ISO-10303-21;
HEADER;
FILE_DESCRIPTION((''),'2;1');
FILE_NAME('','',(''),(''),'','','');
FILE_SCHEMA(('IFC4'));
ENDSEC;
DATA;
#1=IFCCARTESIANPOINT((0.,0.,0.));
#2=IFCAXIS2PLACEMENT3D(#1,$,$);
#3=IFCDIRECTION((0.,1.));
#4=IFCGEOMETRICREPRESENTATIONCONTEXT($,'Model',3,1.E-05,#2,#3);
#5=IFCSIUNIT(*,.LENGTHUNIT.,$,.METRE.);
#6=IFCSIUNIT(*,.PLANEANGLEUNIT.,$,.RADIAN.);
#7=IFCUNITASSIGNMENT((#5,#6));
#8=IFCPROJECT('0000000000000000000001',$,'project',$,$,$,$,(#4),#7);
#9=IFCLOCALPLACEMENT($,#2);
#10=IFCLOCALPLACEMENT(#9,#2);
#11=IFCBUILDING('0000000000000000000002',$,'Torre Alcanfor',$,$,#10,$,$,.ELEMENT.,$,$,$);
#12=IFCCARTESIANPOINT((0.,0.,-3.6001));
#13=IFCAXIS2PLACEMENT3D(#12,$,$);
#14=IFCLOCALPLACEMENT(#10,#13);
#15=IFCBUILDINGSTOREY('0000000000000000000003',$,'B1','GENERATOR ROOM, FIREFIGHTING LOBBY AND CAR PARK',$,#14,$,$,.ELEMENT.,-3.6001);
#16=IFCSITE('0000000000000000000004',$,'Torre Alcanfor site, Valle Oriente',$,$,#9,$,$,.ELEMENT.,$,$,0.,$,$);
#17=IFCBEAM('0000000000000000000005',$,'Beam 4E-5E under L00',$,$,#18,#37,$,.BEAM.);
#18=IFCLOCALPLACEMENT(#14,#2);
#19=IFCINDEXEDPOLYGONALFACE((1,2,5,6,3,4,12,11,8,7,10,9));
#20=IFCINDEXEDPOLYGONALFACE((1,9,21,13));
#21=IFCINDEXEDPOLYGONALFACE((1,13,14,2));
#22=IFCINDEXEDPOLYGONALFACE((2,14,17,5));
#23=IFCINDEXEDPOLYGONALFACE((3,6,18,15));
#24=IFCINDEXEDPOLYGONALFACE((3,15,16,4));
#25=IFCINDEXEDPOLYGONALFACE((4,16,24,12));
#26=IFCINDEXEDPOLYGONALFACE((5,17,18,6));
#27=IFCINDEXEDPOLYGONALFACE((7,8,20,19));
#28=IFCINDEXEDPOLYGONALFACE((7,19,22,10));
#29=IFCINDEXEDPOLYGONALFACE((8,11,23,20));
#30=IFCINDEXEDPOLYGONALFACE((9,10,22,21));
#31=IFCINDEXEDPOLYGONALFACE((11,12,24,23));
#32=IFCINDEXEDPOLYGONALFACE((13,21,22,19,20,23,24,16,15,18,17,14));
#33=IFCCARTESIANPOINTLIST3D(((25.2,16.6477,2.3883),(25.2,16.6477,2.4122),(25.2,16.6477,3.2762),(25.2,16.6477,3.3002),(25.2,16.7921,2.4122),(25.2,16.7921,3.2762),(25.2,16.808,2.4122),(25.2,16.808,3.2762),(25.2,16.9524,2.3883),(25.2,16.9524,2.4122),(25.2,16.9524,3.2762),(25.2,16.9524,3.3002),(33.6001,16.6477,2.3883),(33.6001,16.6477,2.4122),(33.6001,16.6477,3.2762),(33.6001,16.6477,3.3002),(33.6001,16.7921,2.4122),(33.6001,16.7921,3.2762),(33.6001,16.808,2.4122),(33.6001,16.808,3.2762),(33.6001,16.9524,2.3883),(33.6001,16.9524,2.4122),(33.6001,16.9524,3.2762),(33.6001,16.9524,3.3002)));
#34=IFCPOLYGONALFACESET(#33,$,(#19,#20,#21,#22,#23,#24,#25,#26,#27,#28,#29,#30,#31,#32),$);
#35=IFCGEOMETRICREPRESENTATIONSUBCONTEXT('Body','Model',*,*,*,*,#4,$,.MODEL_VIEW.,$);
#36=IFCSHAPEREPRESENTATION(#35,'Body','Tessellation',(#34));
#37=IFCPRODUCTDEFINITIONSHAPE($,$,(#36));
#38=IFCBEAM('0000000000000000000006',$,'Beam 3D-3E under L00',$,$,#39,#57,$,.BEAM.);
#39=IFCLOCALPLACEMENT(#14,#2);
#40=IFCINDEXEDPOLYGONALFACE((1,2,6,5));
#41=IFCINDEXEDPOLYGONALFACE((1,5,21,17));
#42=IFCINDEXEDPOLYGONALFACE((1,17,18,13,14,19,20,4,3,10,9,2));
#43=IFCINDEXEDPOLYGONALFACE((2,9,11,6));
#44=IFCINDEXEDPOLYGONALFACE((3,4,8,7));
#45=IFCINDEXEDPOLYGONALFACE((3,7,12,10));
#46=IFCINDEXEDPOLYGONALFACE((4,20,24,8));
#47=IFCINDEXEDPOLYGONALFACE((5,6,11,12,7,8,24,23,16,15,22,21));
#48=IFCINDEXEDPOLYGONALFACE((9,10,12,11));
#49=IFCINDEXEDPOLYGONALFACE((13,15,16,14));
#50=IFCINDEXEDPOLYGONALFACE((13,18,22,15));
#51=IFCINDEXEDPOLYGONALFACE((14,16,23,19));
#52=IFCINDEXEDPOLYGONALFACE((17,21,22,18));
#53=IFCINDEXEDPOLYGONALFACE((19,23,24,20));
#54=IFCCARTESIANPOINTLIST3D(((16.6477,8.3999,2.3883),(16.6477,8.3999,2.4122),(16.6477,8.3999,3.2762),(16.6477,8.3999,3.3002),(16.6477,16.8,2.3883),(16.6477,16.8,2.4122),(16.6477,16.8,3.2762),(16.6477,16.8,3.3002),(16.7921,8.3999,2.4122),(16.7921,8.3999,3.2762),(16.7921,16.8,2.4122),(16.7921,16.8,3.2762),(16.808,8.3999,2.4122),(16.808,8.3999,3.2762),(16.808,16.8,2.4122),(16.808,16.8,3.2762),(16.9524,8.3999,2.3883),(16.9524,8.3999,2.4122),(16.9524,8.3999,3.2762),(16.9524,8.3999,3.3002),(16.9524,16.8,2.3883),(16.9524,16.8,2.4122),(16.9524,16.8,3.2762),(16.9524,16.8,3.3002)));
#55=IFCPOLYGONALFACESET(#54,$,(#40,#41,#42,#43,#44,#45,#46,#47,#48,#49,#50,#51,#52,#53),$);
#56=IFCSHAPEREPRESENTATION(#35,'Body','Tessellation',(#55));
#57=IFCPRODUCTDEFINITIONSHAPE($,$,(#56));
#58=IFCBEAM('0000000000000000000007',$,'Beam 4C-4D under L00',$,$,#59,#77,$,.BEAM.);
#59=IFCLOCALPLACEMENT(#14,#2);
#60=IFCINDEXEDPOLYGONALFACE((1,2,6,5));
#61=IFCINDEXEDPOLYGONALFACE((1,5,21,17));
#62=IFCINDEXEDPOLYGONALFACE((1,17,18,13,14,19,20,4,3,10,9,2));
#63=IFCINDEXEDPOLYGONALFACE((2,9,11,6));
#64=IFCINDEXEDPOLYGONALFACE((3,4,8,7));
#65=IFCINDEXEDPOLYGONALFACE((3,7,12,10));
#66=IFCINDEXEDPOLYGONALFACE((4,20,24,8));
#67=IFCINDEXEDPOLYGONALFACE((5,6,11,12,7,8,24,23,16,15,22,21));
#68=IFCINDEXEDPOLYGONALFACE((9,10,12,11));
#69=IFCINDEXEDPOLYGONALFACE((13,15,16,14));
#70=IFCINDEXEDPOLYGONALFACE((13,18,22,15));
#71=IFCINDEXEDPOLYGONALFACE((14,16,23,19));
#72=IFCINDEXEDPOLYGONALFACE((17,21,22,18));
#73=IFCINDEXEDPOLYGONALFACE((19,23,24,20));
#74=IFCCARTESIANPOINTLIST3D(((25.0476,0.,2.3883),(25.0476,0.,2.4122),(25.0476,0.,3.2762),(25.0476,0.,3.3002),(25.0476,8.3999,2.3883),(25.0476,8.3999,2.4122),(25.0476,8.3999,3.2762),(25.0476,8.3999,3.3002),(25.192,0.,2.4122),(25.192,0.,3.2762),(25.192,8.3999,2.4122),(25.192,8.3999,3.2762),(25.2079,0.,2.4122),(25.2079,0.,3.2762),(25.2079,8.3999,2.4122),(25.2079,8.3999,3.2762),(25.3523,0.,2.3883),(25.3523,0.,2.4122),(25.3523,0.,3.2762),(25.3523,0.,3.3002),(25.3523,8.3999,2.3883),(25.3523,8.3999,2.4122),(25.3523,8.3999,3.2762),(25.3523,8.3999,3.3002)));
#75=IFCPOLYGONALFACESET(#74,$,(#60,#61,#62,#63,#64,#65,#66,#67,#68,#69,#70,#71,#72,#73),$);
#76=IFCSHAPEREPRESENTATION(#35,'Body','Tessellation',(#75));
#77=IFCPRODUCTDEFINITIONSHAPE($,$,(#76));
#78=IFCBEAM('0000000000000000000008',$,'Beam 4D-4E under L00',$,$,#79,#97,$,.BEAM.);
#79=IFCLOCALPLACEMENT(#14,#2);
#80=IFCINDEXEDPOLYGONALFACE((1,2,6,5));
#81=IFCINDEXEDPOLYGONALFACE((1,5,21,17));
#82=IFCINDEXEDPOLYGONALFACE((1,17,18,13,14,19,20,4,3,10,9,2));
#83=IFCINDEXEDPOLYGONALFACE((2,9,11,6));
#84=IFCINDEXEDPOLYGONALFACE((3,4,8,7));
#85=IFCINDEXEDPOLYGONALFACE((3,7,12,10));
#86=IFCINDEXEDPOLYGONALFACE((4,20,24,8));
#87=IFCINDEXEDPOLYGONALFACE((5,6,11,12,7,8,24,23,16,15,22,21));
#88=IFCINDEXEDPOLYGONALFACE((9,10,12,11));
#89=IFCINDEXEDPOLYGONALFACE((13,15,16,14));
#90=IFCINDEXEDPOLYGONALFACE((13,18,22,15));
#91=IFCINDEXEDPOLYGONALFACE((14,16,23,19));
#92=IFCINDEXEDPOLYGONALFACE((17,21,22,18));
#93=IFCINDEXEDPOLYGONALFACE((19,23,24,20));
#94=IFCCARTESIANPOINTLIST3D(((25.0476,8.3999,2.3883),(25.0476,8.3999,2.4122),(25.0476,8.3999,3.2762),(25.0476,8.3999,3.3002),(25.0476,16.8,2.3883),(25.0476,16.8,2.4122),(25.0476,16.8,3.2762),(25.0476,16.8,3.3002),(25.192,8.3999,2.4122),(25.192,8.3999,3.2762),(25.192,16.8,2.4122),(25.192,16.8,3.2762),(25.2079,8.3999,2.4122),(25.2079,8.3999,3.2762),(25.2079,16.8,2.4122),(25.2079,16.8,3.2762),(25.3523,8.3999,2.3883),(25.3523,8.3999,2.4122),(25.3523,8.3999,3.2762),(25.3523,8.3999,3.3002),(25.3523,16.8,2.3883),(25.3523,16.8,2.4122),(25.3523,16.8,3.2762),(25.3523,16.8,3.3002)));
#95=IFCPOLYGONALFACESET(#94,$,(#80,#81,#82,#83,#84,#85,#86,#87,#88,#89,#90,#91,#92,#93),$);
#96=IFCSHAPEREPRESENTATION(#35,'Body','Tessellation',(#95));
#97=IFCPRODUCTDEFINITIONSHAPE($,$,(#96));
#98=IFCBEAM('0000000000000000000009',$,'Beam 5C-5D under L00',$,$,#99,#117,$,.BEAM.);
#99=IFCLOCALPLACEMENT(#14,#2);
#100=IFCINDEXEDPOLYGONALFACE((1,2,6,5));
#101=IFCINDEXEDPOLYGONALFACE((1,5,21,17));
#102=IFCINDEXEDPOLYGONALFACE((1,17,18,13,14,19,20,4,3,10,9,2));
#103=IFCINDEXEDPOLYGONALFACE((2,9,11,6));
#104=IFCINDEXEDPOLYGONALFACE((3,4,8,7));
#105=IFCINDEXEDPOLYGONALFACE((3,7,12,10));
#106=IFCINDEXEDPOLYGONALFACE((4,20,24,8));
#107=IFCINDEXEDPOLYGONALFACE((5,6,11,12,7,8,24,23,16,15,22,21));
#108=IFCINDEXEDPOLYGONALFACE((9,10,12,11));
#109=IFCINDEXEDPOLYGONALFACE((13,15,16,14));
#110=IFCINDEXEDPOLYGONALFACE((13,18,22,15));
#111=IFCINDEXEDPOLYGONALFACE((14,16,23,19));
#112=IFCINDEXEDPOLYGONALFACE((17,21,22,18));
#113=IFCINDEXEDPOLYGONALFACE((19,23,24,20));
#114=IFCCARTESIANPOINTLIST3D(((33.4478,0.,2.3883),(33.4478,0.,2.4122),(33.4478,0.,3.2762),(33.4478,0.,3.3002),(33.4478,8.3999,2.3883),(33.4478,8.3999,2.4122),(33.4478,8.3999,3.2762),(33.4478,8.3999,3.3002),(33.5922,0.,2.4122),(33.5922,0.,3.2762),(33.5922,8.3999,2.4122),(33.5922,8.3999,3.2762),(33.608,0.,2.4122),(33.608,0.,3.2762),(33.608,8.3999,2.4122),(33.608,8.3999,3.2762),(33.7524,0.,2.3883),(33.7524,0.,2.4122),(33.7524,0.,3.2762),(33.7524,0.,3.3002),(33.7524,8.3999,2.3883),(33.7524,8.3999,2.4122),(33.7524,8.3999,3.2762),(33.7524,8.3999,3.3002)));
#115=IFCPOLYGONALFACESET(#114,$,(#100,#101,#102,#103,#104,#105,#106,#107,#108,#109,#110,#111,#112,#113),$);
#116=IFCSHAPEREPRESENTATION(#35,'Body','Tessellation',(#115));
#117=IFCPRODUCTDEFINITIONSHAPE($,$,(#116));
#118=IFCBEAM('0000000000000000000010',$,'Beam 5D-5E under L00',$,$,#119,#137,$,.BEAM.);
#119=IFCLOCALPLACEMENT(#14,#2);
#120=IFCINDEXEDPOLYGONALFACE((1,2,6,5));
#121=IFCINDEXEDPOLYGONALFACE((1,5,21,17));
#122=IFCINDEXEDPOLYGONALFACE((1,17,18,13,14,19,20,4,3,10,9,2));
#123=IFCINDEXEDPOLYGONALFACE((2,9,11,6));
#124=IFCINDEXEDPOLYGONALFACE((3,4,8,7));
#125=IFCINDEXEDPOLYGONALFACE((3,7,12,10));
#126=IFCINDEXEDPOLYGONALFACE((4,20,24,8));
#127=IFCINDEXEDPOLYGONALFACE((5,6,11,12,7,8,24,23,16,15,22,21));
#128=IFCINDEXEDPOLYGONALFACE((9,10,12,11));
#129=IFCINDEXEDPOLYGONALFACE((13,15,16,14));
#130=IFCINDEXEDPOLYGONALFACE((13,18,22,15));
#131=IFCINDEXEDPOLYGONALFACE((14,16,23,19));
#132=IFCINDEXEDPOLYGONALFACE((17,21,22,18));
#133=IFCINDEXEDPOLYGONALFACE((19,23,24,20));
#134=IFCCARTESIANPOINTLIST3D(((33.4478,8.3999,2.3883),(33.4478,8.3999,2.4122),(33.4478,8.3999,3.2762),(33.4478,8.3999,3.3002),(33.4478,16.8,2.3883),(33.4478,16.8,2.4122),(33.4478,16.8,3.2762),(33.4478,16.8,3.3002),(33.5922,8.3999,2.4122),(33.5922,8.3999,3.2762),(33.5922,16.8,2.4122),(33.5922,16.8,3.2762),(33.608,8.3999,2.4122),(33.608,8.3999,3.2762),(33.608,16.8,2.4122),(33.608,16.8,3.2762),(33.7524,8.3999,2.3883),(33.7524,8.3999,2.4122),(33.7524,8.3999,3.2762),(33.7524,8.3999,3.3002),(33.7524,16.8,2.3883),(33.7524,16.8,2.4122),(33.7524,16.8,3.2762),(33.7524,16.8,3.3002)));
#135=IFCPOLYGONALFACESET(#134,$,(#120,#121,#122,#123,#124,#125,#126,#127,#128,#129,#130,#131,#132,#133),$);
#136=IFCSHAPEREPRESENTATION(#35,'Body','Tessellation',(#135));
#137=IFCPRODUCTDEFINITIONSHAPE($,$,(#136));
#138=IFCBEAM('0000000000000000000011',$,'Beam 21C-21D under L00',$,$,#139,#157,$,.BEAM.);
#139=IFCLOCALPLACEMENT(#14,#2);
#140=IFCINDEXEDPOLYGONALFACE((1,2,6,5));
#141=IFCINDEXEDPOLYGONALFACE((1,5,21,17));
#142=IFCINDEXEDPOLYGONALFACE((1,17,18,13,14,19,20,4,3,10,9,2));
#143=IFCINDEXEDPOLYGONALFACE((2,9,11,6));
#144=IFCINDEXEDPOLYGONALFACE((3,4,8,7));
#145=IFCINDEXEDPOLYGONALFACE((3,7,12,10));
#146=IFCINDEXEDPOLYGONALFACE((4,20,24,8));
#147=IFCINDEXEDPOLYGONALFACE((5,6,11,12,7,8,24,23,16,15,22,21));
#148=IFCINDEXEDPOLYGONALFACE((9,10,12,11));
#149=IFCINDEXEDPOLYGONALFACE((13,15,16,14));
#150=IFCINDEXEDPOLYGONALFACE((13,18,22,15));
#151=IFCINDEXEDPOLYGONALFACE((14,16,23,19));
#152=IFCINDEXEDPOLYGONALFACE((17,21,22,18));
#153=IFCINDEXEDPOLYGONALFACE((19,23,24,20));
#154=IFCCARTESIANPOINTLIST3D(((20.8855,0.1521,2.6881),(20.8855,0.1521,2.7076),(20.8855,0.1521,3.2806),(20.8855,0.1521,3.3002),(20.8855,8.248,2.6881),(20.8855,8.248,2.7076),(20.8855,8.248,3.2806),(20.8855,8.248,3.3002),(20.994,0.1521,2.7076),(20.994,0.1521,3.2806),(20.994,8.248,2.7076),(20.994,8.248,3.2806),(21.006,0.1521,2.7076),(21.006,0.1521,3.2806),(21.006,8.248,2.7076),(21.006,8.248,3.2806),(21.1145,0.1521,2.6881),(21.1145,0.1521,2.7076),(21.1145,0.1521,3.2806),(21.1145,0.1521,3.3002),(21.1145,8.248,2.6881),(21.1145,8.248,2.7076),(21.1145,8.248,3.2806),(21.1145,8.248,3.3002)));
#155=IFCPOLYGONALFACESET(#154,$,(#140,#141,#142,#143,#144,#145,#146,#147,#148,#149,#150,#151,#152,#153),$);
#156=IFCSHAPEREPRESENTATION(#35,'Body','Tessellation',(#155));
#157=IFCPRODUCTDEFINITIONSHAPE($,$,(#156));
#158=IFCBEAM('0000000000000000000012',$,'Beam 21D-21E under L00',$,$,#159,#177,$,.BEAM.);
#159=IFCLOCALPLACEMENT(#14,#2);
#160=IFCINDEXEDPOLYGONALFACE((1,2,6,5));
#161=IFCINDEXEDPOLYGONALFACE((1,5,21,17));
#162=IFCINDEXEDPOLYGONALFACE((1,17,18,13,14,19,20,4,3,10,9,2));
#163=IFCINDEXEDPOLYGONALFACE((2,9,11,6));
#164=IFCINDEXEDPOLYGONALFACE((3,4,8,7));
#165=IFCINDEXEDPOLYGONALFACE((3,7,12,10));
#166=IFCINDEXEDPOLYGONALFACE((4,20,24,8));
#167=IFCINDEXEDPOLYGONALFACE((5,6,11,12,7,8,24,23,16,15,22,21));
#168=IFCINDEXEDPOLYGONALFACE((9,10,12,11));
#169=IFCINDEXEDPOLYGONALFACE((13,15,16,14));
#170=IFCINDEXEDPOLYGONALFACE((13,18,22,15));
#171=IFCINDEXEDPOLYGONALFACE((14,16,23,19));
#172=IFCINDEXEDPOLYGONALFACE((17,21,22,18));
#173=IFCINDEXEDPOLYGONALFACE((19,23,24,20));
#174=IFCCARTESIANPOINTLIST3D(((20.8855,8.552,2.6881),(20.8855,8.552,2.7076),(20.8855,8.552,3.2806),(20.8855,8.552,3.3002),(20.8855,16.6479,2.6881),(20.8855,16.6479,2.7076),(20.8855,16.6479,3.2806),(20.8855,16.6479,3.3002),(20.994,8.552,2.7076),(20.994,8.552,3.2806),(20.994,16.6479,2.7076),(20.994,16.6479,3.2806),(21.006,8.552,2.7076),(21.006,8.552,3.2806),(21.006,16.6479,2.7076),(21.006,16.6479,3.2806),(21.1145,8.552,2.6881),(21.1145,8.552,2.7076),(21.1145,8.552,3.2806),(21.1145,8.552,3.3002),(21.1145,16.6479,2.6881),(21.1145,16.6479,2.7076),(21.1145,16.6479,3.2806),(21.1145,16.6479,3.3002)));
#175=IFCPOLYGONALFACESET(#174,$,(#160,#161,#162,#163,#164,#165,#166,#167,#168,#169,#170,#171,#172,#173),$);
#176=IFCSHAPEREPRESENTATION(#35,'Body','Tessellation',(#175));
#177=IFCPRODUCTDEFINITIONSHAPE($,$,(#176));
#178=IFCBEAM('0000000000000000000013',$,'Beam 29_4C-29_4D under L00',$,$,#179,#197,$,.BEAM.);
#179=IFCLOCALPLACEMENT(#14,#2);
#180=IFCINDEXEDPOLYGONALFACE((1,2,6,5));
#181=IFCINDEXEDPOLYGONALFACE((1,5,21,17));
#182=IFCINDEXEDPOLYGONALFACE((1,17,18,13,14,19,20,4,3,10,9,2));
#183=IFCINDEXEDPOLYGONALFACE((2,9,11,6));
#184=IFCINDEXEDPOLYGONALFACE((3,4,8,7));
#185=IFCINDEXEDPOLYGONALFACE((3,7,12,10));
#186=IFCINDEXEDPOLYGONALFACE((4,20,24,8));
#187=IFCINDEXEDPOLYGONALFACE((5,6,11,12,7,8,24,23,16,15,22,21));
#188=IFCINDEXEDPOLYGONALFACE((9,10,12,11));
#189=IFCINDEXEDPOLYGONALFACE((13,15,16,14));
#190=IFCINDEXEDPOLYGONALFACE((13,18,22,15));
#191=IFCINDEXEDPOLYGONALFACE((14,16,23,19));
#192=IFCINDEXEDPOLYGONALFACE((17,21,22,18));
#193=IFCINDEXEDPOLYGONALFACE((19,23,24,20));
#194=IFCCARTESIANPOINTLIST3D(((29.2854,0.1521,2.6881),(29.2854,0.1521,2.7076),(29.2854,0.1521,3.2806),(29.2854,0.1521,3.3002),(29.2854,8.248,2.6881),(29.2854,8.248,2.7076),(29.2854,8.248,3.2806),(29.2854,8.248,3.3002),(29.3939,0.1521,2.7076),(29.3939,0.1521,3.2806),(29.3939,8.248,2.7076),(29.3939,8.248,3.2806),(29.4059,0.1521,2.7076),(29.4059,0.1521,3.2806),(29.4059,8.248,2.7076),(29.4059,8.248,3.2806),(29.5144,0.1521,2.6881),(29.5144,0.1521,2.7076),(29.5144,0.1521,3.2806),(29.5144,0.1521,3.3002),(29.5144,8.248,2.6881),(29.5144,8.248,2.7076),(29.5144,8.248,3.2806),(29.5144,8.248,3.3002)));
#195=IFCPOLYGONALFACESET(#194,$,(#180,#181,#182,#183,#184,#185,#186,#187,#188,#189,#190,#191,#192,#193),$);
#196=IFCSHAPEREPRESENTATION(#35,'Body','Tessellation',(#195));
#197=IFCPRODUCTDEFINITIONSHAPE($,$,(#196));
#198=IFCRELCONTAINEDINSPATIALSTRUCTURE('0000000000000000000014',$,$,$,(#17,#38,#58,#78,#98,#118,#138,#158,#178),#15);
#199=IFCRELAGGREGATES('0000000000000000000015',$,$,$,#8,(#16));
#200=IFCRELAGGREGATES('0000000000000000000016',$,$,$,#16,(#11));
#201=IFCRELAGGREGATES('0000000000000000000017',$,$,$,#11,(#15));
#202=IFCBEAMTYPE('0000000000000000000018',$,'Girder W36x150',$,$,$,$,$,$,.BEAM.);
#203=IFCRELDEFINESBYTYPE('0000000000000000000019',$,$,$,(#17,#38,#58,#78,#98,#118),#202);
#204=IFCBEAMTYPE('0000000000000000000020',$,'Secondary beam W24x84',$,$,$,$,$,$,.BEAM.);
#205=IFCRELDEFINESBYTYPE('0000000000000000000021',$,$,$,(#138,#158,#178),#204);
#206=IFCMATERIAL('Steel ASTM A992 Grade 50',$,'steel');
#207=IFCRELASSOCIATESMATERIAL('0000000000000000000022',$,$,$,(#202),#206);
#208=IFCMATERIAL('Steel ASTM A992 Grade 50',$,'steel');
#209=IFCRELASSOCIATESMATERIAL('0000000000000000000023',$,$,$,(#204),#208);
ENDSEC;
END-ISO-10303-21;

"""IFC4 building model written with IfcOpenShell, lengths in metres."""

from ifc_helpers import new_model, si_unit, direction, frame, origin, origin_2d, place, context, subcontext, project, spatial, i_section, extrude, material, material_profile, profile_set, type_object, element, save


model = new_model("IFC4")

# Units and contexts
model_context = context("Model", 3, precision=1e-05, world=origin(), true_north=direction((0.0, 1.0)))
body_context = subcontext(model_context, "Body", "Model", "MODEL_VIEW")
ifc_project = project(units=[si_unit("LENGTHUNIT", "METRE"), si_unit("PLANEANGLEUNIT", "RADIAN")], contexts=[model_context])

# Site, building, storey
site_placement = place(None, origin())
site = spatial("IfcSite", under=ifc_project, at=site_placement, Name="Torre Alcanfor site, Valle Oriente", CompositionType="ELEMENT", RefElevation=0.0)
building_placement = place(site_placement, origin())
building = spatial("IfcBuilding", under=site, at=building_placement, Name="Torre Alcanfor", CompositionType="ELEMENT")
storey_placement = place(building_placement, frame((0.0, 0.0, -3.6001)))
storey = spatial("IfcBuildingStorey", under=building, at=storey_placement, Name="B1", Description="GENERATOR ROOM, FIREFIGHTING LOBBY AND CAR PARK", CompositionType="ELEMENT", Elevation=-3.6001)

# Beams
ifc_material_1 = material(Name="Steel ASTM A992 Grade 50", Category="steel")
ifc_material_profile_1 = material_profile(ifc_material_1, i_section(OverallWidth=0.3047, OverallDepth=0.9119, WebThickness=0.0159, FlangeThickness=0.0239, at=origin_2d()), Name="W36x150")
ifc_profile_set_1 = profile_set([ifc_material_profile_1], Name="Steel ASTM A992 Grade 50")
beam_type_1 = type_object("IfcBeamType", Name="Girder W36x150", PredefinedType="BEAM", material=ifc_profile_set_1)
for number, where, z_axis, x_axis, name in (
    (1, (25.2, 16.8, 2.8442), (1.0, 0.0, 0.0), (0.0, 1.0, 0.0), "Beam 4E-5E under L00"),
    (2, (16.8, 8.3999, 2.8442), (0.0, 1.0, 0.0), (-1.0, 0.0, 0.0), "Beam 3D-3E under L00"),
):
    element("IfcBeam", number, at=place(storey_placement, frame(where, z_axis=z_axis, x_axis=x_axis)), inside=storey, type_object=beam_type_1, Name=name, PredefinedType="BEAM", context=body_context, shape_type="SweptSolid", body=[
        extrude(i_section(OverallWidth=0.3047, OverallDepth=0.9119, WebThickness=0.0159, FlangeThickness=0.0239, at=origin_2d()), origin(), (0.0, 0.0, 1.0), 8.4001),
    ])
beam_1_placement = place(storey_placement, frame((25.2, 0.0, 2.8442), z_axis=(0.0, 1.0, 0.0), x_axis=(-1.0, 0.0, 0.0)))
element("IfcBeam", 3, at=beam_1_placement, inside=storey, type_object=beam_type_1, Name="Beam 4C-4D under L00", PredefinedType="BEAM", context=body_context, shape_type="SweptSolid", body=[
    extrude(i_section(OverallWidth=0.3047, OverallDepth=0.9119, WebThickness=0.0159, FlangeThickness=0.0239, at=origin_2d()), origin(), (0.0, 0.0, 1.0), 8.3999),
])
beam_2_placement = place(storey_placement, frame((25.2, 8.3999, 2.8442), z_axis=(0.0, 1.0, 0.0), x_axis=(-1.0, 0.0, 0.0)))
element("IfcBeam", 4, at=beam_2_placement, inside=storey, type_object=beam_type_1, Name="Beam 4D-4E under L00", PredefinedType="BEAM", context=body_context, shape_type="SweptSolid", body=[
    extrude(i_section(OverallWidth=0.3047, OverallDepth=0.9119, WebThickness=0.0159, FlangeThickness=0.0239, at=origin_2d()), origin(), (0.0, 0.0, 1.0), 8.4001),
])
beam_3_placement = place(storey_placement, frame((33.6001, 0.0, 2.8442), z_axis=(0.0, 1.0, 0.0), x_axis=(-1.0, 0.0, 0.0)))
element("IfcBeam", 5, at=beam_3_placement, inside=storey, type_object=beam_type_1, Name="Beam 5C-5D under L00", PredefinedType="BEAM", context=body_context, shape_type="SweptSolid", body=[
    extrude(i_section(OverallWidth=0.3047, OverallDepth=0.9119, WebThickness=0.0159, FlangeThickness=0.0239, at=origin_2d()), origin(), (0.0, 0.0, 1.0), 8.3999),
])
beam_4_placement = place(storey_placement, frame((33.6001, 8.3999, 2.8442), z_axis=(0.0, 1.0, 0.0), x_axis=(-1.0, 0.0, 0.0)))
element("IfcBeam", 6, at=beam_4_placement, inside=storey, type_object=beam_type_1, Name="Beam 5D-5E under L00", PredefinedType="BEAM", context=body_context, shape_type="SweptSolid", body=[
    extrude(i_section(OverallWidth=0.3047, OverallDepth=0.9119, WebThickness=0.0159, FlangeThickness=0.0239, at=origin_2d()), origin(), (0.0, 0.0, 1.0), 8.4001),
])
ifc_material_2 = material(Name="Steel ASTM A992 Grade 50", Category="steel")
ifc_material_profile_2 = material_profile(ifc_material_2, i_section(OverallWidth=0.229, OverallDepth=0.6121, WebThickness=0.012, FlangeThickness=0.0195, at=origin_2d()), Name="W24x84")
ifc_profile_set_2 = profile_set([ifc_material_profile_2], Name="Steel ASTM A992 Grade 50")
beam_type_2 = type_object("IfcBeamType", Name="Secondary beam W24x84", PredefinedType="BEAM", material=ifc_profile_set_2)
for number, where, z_axis, x_axis, name in (
    (7, (21.0, 0.1521, 2.9941), (0.0, 1.0, 0.0), (-1.0, 0.0, 0.0), "Beam 21C-21D under L00"),
    (8, (21.0, 8.552, 2.9941), (0.0, 1.0, 0.0), (-1.0, 0.0, 0.0), "Beam 21D-21E under L00"),
    (9, (29.3999, 0.1521, 2.9941), (0.0, 1.0, 0.0), (-1.0, 0.0, 0.0), "Beam 29_4C-29_4D under L00"),
):
    element("IfcBeam", number, at=place(storey_placement, frame(where, z_axis=z_axis, x_axis=x_axis)), inside=storey, type_object=beam_type_2, Name=name, PredefinedType="BEAM", context=body_context, shape_type="SweptSolid", body=[
        extrude(i_section(OverallWidth=0.229, OverallDepth=0.6121, WebThickness=0.012, FlangeThickness=0.0195, at=origin_2d()), origin(), (0.0, 0.0, 1.0), 8.0959),
    ])

save(model, "model.ifc")
